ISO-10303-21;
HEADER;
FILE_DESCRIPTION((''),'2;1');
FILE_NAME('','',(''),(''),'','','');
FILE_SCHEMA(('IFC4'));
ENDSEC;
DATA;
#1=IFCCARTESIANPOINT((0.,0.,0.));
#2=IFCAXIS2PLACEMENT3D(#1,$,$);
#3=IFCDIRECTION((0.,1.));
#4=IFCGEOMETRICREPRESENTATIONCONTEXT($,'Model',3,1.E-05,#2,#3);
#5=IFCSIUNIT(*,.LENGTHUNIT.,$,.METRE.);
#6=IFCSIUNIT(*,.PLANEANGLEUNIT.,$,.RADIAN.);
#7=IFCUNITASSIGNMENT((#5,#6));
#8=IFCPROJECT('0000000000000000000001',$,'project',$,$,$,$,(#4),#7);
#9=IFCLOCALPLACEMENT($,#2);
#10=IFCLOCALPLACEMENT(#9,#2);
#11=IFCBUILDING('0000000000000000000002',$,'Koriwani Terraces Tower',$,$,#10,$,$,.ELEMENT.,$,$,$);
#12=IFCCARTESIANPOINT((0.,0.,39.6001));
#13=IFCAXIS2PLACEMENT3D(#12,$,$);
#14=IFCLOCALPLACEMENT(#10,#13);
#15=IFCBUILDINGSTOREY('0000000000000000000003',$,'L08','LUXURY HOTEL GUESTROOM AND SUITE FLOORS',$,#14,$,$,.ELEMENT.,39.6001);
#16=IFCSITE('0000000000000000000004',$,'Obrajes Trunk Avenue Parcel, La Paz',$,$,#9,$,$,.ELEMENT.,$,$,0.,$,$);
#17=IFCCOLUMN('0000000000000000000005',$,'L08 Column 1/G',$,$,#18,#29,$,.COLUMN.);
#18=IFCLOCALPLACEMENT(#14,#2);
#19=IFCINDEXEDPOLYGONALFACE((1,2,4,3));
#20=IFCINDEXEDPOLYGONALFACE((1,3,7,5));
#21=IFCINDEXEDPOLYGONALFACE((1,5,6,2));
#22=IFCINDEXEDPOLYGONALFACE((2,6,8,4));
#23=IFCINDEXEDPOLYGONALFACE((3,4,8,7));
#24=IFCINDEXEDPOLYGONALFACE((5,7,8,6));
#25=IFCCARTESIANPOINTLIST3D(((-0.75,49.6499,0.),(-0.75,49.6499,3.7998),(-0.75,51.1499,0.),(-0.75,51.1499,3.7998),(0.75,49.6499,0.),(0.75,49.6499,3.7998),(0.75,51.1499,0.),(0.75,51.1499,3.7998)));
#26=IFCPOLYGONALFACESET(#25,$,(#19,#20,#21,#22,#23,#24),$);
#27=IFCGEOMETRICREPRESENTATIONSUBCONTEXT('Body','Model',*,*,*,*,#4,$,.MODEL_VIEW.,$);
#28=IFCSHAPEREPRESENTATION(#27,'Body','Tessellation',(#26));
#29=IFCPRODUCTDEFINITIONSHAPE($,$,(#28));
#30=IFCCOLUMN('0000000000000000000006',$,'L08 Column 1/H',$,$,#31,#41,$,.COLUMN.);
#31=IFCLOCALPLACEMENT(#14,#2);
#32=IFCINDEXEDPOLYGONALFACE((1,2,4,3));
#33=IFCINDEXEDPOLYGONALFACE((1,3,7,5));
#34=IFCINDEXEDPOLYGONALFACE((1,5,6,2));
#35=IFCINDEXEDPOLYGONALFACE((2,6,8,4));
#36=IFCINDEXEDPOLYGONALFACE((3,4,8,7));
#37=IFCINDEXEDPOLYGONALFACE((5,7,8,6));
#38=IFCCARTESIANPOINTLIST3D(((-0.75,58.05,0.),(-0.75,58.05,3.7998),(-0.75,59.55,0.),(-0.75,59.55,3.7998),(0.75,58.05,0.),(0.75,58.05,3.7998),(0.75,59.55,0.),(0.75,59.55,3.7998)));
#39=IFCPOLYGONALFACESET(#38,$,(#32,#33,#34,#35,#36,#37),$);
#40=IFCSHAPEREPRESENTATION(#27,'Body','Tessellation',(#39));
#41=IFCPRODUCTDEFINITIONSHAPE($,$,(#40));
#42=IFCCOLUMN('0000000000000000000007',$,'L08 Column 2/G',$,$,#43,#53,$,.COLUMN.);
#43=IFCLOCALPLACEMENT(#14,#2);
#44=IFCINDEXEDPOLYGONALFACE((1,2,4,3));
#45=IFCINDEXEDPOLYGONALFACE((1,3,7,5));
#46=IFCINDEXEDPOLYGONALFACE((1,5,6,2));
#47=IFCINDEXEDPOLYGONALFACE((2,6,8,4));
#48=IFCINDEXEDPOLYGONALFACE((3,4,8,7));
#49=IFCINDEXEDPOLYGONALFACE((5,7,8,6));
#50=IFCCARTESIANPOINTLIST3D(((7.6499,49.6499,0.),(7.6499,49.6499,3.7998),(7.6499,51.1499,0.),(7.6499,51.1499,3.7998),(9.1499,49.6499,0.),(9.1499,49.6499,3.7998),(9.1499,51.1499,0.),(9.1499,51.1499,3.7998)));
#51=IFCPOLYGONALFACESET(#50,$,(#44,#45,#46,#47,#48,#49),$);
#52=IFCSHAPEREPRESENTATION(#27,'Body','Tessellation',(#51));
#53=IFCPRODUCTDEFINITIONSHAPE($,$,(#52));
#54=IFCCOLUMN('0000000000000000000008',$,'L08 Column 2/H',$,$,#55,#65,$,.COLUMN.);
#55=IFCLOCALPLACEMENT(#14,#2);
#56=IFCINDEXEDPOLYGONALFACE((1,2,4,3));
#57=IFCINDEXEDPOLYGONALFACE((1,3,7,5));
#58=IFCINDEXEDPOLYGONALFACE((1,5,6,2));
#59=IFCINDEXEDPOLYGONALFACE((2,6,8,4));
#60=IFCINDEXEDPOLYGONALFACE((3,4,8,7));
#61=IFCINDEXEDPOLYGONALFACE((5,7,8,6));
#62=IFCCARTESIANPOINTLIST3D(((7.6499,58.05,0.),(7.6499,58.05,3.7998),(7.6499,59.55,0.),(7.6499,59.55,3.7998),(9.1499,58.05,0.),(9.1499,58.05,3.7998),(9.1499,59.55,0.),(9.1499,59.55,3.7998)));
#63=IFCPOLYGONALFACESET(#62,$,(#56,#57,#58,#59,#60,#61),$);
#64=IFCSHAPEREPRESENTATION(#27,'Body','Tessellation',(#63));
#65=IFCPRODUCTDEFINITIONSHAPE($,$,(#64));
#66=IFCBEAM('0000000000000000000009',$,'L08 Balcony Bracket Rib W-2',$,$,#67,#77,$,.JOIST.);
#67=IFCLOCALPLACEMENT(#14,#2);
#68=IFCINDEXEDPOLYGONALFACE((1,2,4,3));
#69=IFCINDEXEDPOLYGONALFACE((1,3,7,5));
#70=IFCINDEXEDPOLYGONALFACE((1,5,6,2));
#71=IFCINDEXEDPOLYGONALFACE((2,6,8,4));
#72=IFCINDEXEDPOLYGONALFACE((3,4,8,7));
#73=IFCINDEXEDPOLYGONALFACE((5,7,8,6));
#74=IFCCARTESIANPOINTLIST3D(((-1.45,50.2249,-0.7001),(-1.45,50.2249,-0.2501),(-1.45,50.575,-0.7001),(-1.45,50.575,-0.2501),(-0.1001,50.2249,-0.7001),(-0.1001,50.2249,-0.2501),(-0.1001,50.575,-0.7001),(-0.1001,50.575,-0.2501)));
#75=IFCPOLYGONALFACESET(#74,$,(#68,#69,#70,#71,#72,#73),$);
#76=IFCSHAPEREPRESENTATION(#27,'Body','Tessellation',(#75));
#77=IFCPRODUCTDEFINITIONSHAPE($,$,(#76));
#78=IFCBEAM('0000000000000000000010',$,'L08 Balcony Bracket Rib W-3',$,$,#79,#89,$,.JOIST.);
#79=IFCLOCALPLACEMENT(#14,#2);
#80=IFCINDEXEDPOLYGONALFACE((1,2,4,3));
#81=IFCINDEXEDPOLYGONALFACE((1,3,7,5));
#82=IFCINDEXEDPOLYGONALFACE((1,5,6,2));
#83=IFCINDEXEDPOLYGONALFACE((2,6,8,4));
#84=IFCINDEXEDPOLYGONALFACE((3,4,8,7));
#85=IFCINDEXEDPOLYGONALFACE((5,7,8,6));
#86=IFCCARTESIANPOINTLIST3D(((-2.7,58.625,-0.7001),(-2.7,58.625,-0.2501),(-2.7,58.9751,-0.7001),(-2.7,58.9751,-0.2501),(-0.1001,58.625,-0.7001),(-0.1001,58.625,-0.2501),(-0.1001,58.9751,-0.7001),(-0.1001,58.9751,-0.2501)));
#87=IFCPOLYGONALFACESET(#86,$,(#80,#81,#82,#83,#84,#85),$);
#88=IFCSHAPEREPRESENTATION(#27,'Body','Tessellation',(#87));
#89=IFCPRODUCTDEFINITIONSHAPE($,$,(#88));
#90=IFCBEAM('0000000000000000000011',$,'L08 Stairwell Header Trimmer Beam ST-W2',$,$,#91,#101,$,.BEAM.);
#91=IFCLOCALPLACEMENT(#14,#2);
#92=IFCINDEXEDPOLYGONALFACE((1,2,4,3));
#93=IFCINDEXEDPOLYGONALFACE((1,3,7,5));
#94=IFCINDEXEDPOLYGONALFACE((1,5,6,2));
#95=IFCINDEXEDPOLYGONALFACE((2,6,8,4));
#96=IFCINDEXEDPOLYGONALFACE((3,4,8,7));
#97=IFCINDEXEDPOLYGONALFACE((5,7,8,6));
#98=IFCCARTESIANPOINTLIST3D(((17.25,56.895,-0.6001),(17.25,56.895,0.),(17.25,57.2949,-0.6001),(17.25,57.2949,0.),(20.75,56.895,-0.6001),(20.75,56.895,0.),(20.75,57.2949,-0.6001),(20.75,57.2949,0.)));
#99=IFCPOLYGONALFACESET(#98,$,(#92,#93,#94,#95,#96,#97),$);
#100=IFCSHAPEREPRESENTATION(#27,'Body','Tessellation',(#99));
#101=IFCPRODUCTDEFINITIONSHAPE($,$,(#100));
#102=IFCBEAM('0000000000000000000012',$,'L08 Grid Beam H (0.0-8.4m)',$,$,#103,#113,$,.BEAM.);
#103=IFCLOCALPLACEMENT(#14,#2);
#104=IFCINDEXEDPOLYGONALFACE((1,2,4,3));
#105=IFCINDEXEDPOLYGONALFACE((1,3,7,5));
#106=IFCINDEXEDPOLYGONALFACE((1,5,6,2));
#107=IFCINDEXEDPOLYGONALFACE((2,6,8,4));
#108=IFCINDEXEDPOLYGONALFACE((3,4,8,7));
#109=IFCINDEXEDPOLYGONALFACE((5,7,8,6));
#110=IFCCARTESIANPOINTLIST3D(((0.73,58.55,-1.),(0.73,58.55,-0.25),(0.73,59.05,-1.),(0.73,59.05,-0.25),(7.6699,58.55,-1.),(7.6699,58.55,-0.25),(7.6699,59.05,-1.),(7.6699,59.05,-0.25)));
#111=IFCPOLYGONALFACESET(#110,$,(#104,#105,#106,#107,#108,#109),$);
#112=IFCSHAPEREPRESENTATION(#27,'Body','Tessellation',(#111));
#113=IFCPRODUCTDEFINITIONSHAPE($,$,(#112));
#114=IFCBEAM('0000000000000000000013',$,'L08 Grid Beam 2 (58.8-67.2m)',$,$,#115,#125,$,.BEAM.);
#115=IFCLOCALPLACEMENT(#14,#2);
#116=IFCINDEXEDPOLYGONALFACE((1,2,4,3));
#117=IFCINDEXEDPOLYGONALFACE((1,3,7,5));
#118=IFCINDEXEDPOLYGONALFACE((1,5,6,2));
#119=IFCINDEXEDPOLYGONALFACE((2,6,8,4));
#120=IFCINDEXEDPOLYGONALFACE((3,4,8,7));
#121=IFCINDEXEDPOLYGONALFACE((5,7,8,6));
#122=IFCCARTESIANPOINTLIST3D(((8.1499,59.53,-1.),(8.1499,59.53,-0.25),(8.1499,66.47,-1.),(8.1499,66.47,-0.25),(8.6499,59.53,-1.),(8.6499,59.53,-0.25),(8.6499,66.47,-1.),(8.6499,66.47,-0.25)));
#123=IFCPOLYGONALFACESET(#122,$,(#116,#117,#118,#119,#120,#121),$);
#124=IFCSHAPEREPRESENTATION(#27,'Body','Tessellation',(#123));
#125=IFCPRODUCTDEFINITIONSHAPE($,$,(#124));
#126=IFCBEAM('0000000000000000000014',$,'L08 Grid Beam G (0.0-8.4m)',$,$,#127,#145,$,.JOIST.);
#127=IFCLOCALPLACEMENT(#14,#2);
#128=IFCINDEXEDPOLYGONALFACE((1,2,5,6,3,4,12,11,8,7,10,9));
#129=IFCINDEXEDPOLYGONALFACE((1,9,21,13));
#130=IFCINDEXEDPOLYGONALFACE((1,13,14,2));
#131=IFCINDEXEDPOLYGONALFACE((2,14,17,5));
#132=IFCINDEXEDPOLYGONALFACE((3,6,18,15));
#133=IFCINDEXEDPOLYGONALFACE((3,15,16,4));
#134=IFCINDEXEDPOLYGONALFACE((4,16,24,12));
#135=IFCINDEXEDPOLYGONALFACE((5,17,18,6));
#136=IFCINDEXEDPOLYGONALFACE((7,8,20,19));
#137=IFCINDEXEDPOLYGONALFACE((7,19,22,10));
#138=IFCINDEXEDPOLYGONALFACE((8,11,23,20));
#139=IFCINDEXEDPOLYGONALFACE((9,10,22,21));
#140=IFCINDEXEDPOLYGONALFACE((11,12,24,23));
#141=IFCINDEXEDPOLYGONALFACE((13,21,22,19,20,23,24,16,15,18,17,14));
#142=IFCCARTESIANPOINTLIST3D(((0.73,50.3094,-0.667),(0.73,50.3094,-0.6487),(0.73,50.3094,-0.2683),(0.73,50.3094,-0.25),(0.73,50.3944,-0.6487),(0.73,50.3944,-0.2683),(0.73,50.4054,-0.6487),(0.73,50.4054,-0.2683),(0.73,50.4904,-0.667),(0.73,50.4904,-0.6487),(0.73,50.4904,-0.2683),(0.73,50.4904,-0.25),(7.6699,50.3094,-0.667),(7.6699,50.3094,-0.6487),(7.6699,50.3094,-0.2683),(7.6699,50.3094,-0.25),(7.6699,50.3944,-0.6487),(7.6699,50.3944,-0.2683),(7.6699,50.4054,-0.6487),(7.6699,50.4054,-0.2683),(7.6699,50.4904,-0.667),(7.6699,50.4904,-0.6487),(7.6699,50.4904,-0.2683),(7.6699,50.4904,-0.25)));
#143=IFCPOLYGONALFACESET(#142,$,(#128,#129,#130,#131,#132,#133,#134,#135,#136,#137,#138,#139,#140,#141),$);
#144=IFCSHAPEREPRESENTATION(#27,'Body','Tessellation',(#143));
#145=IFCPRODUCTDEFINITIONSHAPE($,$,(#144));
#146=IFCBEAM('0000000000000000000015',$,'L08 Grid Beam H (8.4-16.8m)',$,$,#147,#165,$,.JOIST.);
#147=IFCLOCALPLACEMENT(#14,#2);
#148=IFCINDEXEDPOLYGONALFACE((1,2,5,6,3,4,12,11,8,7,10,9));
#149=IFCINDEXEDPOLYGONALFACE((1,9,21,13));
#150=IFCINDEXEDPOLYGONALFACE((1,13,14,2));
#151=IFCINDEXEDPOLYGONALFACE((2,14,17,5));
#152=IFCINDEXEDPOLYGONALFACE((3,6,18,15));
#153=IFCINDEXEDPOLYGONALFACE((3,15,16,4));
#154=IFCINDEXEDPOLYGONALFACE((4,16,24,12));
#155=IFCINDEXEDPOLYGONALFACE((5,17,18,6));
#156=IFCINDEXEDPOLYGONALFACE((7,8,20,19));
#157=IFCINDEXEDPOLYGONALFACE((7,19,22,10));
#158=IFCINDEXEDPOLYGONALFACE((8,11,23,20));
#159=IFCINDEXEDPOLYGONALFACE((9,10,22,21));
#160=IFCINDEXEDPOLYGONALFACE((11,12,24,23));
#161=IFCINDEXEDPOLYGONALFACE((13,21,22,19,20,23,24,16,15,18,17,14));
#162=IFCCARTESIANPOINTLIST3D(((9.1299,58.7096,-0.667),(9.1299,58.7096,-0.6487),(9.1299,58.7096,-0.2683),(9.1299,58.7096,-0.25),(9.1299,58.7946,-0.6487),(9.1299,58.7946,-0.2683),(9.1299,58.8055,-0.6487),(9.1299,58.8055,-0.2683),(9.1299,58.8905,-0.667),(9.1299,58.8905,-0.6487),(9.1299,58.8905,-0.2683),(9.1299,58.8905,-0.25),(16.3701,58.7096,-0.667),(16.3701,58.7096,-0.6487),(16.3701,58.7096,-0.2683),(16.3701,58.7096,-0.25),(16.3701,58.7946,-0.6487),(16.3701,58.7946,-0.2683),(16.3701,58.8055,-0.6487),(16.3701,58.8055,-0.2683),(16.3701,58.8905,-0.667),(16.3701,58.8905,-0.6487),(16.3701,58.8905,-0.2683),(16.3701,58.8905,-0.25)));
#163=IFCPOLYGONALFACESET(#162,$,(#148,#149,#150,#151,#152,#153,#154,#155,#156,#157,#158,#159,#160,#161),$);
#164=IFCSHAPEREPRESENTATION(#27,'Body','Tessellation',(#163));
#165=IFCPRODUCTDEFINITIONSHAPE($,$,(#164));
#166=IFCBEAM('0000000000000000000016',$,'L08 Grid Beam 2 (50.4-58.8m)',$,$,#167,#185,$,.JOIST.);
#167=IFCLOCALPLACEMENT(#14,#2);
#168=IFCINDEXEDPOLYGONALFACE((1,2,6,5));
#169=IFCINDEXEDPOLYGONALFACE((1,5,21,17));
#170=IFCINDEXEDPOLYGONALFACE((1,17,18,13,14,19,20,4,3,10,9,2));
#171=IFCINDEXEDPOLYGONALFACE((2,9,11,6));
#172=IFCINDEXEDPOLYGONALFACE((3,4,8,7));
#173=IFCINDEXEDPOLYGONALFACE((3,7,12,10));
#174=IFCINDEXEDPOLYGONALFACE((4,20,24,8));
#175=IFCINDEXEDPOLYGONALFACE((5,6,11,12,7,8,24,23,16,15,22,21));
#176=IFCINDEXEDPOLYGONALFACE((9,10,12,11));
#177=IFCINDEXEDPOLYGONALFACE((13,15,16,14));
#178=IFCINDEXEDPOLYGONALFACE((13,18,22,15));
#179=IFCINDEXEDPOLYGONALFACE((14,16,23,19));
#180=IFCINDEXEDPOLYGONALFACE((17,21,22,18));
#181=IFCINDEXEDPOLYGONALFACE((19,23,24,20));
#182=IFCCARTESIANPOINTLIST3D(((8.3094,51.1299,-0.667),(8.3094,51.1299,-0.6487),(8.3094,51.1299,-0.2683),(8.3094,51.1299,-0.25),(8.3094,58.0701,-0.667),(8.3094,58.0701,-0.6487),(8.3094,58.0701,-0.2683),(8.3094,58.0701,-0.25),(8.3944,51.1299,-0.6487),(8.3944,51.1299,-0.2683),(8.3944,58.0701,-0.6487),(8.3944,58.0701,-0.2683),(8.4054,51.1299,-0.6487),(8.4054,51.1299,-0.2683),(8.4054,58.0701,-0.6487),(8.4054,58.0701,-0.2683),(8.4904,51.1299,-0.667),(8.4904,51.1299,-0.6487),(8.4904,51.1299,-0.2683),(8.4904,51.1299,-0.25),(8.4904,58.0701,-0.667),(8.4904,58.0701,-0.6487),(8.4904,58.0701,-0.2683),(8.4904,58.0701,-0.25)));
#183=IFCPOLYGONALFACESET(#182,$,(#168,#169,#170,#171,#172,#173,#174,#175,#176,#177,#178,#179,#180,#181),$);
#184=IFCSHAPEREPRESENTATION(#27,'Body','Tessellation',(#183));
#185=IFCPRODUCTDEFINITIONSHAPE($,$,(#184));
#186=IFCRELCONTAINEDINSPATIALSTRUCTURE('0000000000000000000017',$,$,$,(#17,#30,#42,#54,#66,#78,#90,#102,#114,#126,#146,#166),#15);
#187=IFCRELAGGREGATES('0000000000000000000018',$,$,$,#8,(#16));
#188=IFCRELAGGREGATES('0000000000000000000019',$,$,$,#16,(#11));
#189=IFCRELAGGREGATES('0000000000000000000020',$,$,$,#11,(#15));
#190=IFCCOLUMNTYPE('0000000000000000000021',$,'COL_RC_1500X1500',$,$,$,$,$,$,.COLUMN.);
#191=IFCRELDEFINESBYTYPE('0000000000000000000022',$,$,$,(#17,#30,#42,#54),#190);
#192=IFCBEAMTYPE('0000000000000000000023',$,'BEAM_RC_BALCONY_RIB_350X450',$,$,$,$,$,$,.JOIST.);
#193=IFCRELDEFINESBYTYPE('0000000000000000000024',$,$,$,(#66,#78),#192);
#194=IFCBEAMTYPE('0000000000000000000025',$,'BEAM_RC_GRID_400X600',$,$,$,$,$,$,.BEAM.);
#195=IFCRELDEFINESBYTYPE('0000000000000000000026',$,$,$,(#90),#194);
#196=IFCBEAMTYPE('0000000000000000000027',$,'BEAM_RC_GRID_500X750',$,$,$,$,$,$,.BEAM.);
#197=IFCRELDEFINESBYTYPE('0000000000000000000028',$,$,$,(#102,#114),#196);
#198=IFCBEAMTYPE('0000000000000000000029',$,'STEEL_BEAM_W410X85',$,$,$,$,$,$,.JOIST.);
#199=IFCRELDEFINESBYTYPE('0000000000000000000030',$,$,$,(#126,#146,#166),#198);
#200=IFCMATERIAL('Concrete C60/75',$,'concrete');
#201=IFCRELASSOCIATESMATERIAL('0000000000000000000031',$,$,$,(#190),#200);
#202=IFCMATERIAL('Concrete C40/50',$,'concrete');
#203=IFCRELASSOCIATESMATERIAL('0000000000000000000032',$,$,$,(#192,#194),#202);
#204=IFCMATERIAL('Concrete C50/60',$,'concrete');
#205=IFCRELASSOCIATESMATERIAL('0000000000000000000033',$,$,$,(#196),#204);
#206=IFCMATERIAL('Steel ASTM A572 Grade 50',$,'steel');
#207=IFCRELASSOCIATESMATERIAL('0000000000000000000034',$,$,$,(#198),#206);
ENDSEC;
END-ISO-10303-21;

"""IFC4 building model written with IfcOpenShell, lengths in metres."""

from ifc_helpers import new_model, si_unit, direction, frame, origin, origin_2d, place, context, subcontext, project, spatial, rectangle, i_section, extrude, material, material_profile, profile_set, type_object, element, save


model = new_model("IFC4")

# Units and contexts
model_context = context("Model", 3, precision=1e-05, world=origin(), true_north=direction((0.0, 1.0)))
body_context = subcontext(model_context, "Body", "Model", "MODEL_VIEW")
ifc_project = project(units=[si_unit("LENGTHUNIT", "METRE"), si_unit("PLANEANGLEUNIT", "RADIAN")], contexts=[model_context])

# Site, building, storey
site_placement = place(None, origin())
site = spatial("IfcSite", under=ifc_project, at=site_placement, Name="Obrajes Trunk Avenue Parcel, La Paz", CompositionType="ELEMENT", RefElevation=0.0)
building_placement = place(site_placement, origin())
building = spatial("IfcBuilding", under=site, at=building_placement, Name="Koriwani Terraces Tower", CompositionType="ELEMENT")
storey_placement = place(building_placement, frame((0.0, 0.0, 39.6001)))
storey = spatial("IfcBuildingStorey", under=building, at=storey_placement, Name="L08", Description="LUXURY HOTEL GUESTROOM AND SUITE FLOORS", CompositionType="ELEMENT", Elevation=39.6001)

# Columns
ifc_material_1 = material(Name="Concrete C60/75", Category="concrete")
ifc_material_profile_1 = material_profile(ifc_material_1, rectangle(XDim=1.5, YDim=1.5, at=origin_2d()), Name="Concrete C60/75", Category="LoadBearing")
ifc_profile_set_1 = profile_set([ifc_material_profile_1], Name="Concrete C60/75")
column_type = type_object("IfcColumnType", Name="COL_RC_1500X1500", PredefinedType="COLUMN", material=ifc_profile_set_1)
for number, where, z_axis, x_axis, name in (
    (1, (0.0, 50.3999, 0.0), (0.0, 0.0, 1.0), (1.0, 0.0, 0.0), "L08 Column 1/G"),
    (2, (0.0, 58.8, 0.0), (0.0, 0.0, 1.0), (1.0, 0.0, 0.0), "L08 Column 1/H"),
    (3, (8.3999, 50.3999, 0.0), (0.0, 0.0, 1.0), (1.0, 0.0, 0.0), "L08 Column 2/G"),
    (4, (8.3999, 58.8, 0.0), (0.0, 0.0, 1.0), (1.0, 0.0, 0.0), "L08 Column 2/H"),
):
    element("IfcColumn", number, at=place(storey_placement, frame(where, z_axis=z_axis, x_axis=x_axis)), inside=storey, type_object=column_type, Name=name, PredefinedType="COLUMN", context=body_context, shape_type="SweptSolid", body=[
        extrude(rectangle(XDim=1.5, YDim=1.5, at=origin_2d()), origin(), (0.0, 0.0, 1.0), 3.7998),
    ])

# Beams
ifc_material_2 = material(Name="Concrete C40/50", Category="concrete")
ifc_material_profile_2 = material_profile(ifc_material_2, rectangle(XDim=0.3501, YDim=0.45, at=origin_2d()), Name="Concrete C40/50", Category="LoadBearing")
ifc_profile_set_2 = profile_set([ifc_material_profile_2], Name="Concrete C40/50")
beam_type_1 = type_object("IfcBeamType", Name="BEAM_RC_BALCONY_RIB_350X450", PredefinedType="JOIST", material=ifc_profile_set_2)
beam_1_placement = place(storey_placement, frame((-1.45, 50.3999, -0.4751), z_axis=(1.0, 0.0, 0.0), x_axis=(0.0, 1.0, 0.0)))
element("IfcBeam", 5, at=beam_1_placement, inside=storey, type_object=beam_type_1, Name="L08 Balcony Bracket Rib W-2", PredefinedType="JOIST", context=body_context, shape_type="SweptSolid", body=[
    extrude(rectangle(XDim=0.3501, YDim=0.45, at=origin_2d()), origin(), (0.0, 0.0, 1.0), 1.3499),
])
beam_2_placement = place(storey_placement, frame((-2.7, 58.8, -0.4751), z_axis=(1.0, 0.0, 0.0), x_axis=(0.0, 1.0, 0.0)))
element("IfcBeam", 6, at=beam_2_placement, inside=storey, type_object=beam_type_1, Name="L08 Balcony Bracket Rib W-3", PredefinedType="JOIST", context=body_context, shape_type="SweptSolid", body=[
    extrude(rectangle(XDim=0.3501, YDim=0.45, at=origin_2d()), origin(), (0.0, 0.0, 1.0), 2.5999),
])
ifc_material_profile_3 = material_profile(ifc_material_2, rectangle(XDim=0.3999, YDim=0.6001, at=origin_2d()), Name="Concrete C40/50", Category="LoadBearing")
ifc_profile_set_3 = profile_set([ifc_material_profile_3], Name="Concrete C40/50")
beam_type_2 = type_object("IfcBeamType", Name="BEAM_RC_GRID_400X600", PredefinedType="BEAM", material=ifc_profile_set_3)
beam_3_placement = place(storey_placement, frame((17.25, 57.095, -0.3), z_axis=(1.0, 0.0, 0.0), x_axis=(0.0, 1.0, 0.0)))
element("IfcBeam", 7, at=beam_3_placement, inside=storey, type_object=beam_type_2, Name="L08 Stairwell Header Trimmer Beam ST-W2", PredefinedType="BEAM", context=body_context, shape_type="SweptSolid", body=[
    extrude(rectangle(XDim=0.3999, YDim=0.6001, at=origin_2d()), origin(), (0.0, 0.0, 1.0), 3.5),
])
ifc_material_3 = material(Name="Concrete C50/60", Category="concrete")
ifc_material_profile_4 = material_profile(ifc_material_3, rectangle(XDim=0.5, YDim=0.75, at=origin_2d()), Name="Concrete C50/60", Category="LoadBearing")
ifc_profile_set_4 = profile_set([ifc_material_profile_4], Name="Concrete C50/60")
beam_type_3 = type_object("IfcBeamType", Name="BEAM_RC_GRID_500X750", PredefinedType="BEAM", material=ifc_profile_set_4)
for number, where, z_axis, x_axis, name in (
    (8, (0.73, 58.8, -0.625), (1.0, 0.0, 0.0), (0.0, 1.0, 0.0), "L08 Grid Beam H (0.0-8.4m)"),
    (9, (8.3999, 59.53, -0.625), (0.0, 1.0, 0.0), (-1.0, 0.0, 0.0), "L08 Grid Beam 2 (58.8-67.2m)"),
):
    element("IfcBeam", number, at=place(storey_placement, frame(where, z_axis=z_axis, x_axis=x_axis)), inside=storey, type_object=beam_type_3, Name=name, PredefinedType="BEAM", context=body_context, shape_type="SweptSolid", body=[
        extrude(rectangle(XDim=0.5, YDim=0.75, at=origin_2d()), origin(), (0.0, 0.0, 1.0), 6.9399),
    ])
ifc_material_4 = material(Name="Steel ASTM A572 Grade 50", Category="steel")
ifc_material_profile_5 = material_profile(ifc_material_4, i_section(OverallWidth=0.1809, OverallDepth=0.417, WebThickness=0.011, FlangeThickness=0.0183, at=origin_2d()), Name="Steel ASTM A572 Grade 50", Category="LoadBearing")
ifc_profile_set_5 = profile_set([ifc_material_profile_5], Name="Steel ASTM A572 Grade 50")
beam_type_4 = type_object("IfcBeamType", Name="STEEL_BEAM_W410X85", PredefinedType="JOIST", material=ifc_profile_set_5)
beam_4_placement = place(storey_placement, frame((0.73, 50.3999, -0.4585), z_axis=(1.0, 0.0, 0.0), x_axis=(0.0, 1.0, 0.0)))
element("IfcBeam", 10, at=beam_4_placement, inside=storey, type_object=beam_type_4, Name="L08 Grid Beam G (0.0-8.4m)", PredefinedType="JOIST", context=body_context, shape_type="SweptSolid", body=[
    extrude(i_section(OverallWidth=0.1809, OverallDepth=0.417, WebThickness=0.011, FlangeThickness=0.0183, at=origin_2d()), origin(), (0.0, 0.0, 1.0), 6.9399),
])
beam_5_placement = place(storey_placement, frame((9.1299, 58.8, -0.4585), z_axis=(1.0, 0.0, 0.0), x_axis=(0.0, 1.0, 0.0)))
element("IfcBeam", 11, at=beam_5_placement, inside=storey, type_object=beam_type_4, Name="L08 Grid Beam H (8.4-16.8m)", PredefinedType="JOIST", context=body_context, shape_type="SweptSolid", body=[
    extrude(i_section(OverallWidth=0.1809, OverallDepth=0.417, WebThickness=0.011, FlangeThickness=0.0183, at=origin_2d()), origin(), (0.0, 0.0, 1.0), 7.2402),
])
beam_6_placement = place(storey_placement, frame((8.3999, 51.1299, -0.4585), z_axis=(0.0, 1.0, 0.0), x_axis=(-1.0, 0.0, 0.0)))
element("IfcBeam", 12, at=beam_6_placement, inside=storey, type_object=beam_type_4, Name="L08 Grid Beam 2 (50.4-58.8m)", PredefinedType="JOIST", context=body_context, shape_type="SweptSolid", body=[
    extrude(i_section(OverallWidth=0.1809, OverallDepth=0.417, WebThickness=0.011, FlangeThickness=0.0183, at=origin_2d()), origin(), (0.0, 0.0, 1.0), 6.9402),
])

save(model, "model.ifc")
